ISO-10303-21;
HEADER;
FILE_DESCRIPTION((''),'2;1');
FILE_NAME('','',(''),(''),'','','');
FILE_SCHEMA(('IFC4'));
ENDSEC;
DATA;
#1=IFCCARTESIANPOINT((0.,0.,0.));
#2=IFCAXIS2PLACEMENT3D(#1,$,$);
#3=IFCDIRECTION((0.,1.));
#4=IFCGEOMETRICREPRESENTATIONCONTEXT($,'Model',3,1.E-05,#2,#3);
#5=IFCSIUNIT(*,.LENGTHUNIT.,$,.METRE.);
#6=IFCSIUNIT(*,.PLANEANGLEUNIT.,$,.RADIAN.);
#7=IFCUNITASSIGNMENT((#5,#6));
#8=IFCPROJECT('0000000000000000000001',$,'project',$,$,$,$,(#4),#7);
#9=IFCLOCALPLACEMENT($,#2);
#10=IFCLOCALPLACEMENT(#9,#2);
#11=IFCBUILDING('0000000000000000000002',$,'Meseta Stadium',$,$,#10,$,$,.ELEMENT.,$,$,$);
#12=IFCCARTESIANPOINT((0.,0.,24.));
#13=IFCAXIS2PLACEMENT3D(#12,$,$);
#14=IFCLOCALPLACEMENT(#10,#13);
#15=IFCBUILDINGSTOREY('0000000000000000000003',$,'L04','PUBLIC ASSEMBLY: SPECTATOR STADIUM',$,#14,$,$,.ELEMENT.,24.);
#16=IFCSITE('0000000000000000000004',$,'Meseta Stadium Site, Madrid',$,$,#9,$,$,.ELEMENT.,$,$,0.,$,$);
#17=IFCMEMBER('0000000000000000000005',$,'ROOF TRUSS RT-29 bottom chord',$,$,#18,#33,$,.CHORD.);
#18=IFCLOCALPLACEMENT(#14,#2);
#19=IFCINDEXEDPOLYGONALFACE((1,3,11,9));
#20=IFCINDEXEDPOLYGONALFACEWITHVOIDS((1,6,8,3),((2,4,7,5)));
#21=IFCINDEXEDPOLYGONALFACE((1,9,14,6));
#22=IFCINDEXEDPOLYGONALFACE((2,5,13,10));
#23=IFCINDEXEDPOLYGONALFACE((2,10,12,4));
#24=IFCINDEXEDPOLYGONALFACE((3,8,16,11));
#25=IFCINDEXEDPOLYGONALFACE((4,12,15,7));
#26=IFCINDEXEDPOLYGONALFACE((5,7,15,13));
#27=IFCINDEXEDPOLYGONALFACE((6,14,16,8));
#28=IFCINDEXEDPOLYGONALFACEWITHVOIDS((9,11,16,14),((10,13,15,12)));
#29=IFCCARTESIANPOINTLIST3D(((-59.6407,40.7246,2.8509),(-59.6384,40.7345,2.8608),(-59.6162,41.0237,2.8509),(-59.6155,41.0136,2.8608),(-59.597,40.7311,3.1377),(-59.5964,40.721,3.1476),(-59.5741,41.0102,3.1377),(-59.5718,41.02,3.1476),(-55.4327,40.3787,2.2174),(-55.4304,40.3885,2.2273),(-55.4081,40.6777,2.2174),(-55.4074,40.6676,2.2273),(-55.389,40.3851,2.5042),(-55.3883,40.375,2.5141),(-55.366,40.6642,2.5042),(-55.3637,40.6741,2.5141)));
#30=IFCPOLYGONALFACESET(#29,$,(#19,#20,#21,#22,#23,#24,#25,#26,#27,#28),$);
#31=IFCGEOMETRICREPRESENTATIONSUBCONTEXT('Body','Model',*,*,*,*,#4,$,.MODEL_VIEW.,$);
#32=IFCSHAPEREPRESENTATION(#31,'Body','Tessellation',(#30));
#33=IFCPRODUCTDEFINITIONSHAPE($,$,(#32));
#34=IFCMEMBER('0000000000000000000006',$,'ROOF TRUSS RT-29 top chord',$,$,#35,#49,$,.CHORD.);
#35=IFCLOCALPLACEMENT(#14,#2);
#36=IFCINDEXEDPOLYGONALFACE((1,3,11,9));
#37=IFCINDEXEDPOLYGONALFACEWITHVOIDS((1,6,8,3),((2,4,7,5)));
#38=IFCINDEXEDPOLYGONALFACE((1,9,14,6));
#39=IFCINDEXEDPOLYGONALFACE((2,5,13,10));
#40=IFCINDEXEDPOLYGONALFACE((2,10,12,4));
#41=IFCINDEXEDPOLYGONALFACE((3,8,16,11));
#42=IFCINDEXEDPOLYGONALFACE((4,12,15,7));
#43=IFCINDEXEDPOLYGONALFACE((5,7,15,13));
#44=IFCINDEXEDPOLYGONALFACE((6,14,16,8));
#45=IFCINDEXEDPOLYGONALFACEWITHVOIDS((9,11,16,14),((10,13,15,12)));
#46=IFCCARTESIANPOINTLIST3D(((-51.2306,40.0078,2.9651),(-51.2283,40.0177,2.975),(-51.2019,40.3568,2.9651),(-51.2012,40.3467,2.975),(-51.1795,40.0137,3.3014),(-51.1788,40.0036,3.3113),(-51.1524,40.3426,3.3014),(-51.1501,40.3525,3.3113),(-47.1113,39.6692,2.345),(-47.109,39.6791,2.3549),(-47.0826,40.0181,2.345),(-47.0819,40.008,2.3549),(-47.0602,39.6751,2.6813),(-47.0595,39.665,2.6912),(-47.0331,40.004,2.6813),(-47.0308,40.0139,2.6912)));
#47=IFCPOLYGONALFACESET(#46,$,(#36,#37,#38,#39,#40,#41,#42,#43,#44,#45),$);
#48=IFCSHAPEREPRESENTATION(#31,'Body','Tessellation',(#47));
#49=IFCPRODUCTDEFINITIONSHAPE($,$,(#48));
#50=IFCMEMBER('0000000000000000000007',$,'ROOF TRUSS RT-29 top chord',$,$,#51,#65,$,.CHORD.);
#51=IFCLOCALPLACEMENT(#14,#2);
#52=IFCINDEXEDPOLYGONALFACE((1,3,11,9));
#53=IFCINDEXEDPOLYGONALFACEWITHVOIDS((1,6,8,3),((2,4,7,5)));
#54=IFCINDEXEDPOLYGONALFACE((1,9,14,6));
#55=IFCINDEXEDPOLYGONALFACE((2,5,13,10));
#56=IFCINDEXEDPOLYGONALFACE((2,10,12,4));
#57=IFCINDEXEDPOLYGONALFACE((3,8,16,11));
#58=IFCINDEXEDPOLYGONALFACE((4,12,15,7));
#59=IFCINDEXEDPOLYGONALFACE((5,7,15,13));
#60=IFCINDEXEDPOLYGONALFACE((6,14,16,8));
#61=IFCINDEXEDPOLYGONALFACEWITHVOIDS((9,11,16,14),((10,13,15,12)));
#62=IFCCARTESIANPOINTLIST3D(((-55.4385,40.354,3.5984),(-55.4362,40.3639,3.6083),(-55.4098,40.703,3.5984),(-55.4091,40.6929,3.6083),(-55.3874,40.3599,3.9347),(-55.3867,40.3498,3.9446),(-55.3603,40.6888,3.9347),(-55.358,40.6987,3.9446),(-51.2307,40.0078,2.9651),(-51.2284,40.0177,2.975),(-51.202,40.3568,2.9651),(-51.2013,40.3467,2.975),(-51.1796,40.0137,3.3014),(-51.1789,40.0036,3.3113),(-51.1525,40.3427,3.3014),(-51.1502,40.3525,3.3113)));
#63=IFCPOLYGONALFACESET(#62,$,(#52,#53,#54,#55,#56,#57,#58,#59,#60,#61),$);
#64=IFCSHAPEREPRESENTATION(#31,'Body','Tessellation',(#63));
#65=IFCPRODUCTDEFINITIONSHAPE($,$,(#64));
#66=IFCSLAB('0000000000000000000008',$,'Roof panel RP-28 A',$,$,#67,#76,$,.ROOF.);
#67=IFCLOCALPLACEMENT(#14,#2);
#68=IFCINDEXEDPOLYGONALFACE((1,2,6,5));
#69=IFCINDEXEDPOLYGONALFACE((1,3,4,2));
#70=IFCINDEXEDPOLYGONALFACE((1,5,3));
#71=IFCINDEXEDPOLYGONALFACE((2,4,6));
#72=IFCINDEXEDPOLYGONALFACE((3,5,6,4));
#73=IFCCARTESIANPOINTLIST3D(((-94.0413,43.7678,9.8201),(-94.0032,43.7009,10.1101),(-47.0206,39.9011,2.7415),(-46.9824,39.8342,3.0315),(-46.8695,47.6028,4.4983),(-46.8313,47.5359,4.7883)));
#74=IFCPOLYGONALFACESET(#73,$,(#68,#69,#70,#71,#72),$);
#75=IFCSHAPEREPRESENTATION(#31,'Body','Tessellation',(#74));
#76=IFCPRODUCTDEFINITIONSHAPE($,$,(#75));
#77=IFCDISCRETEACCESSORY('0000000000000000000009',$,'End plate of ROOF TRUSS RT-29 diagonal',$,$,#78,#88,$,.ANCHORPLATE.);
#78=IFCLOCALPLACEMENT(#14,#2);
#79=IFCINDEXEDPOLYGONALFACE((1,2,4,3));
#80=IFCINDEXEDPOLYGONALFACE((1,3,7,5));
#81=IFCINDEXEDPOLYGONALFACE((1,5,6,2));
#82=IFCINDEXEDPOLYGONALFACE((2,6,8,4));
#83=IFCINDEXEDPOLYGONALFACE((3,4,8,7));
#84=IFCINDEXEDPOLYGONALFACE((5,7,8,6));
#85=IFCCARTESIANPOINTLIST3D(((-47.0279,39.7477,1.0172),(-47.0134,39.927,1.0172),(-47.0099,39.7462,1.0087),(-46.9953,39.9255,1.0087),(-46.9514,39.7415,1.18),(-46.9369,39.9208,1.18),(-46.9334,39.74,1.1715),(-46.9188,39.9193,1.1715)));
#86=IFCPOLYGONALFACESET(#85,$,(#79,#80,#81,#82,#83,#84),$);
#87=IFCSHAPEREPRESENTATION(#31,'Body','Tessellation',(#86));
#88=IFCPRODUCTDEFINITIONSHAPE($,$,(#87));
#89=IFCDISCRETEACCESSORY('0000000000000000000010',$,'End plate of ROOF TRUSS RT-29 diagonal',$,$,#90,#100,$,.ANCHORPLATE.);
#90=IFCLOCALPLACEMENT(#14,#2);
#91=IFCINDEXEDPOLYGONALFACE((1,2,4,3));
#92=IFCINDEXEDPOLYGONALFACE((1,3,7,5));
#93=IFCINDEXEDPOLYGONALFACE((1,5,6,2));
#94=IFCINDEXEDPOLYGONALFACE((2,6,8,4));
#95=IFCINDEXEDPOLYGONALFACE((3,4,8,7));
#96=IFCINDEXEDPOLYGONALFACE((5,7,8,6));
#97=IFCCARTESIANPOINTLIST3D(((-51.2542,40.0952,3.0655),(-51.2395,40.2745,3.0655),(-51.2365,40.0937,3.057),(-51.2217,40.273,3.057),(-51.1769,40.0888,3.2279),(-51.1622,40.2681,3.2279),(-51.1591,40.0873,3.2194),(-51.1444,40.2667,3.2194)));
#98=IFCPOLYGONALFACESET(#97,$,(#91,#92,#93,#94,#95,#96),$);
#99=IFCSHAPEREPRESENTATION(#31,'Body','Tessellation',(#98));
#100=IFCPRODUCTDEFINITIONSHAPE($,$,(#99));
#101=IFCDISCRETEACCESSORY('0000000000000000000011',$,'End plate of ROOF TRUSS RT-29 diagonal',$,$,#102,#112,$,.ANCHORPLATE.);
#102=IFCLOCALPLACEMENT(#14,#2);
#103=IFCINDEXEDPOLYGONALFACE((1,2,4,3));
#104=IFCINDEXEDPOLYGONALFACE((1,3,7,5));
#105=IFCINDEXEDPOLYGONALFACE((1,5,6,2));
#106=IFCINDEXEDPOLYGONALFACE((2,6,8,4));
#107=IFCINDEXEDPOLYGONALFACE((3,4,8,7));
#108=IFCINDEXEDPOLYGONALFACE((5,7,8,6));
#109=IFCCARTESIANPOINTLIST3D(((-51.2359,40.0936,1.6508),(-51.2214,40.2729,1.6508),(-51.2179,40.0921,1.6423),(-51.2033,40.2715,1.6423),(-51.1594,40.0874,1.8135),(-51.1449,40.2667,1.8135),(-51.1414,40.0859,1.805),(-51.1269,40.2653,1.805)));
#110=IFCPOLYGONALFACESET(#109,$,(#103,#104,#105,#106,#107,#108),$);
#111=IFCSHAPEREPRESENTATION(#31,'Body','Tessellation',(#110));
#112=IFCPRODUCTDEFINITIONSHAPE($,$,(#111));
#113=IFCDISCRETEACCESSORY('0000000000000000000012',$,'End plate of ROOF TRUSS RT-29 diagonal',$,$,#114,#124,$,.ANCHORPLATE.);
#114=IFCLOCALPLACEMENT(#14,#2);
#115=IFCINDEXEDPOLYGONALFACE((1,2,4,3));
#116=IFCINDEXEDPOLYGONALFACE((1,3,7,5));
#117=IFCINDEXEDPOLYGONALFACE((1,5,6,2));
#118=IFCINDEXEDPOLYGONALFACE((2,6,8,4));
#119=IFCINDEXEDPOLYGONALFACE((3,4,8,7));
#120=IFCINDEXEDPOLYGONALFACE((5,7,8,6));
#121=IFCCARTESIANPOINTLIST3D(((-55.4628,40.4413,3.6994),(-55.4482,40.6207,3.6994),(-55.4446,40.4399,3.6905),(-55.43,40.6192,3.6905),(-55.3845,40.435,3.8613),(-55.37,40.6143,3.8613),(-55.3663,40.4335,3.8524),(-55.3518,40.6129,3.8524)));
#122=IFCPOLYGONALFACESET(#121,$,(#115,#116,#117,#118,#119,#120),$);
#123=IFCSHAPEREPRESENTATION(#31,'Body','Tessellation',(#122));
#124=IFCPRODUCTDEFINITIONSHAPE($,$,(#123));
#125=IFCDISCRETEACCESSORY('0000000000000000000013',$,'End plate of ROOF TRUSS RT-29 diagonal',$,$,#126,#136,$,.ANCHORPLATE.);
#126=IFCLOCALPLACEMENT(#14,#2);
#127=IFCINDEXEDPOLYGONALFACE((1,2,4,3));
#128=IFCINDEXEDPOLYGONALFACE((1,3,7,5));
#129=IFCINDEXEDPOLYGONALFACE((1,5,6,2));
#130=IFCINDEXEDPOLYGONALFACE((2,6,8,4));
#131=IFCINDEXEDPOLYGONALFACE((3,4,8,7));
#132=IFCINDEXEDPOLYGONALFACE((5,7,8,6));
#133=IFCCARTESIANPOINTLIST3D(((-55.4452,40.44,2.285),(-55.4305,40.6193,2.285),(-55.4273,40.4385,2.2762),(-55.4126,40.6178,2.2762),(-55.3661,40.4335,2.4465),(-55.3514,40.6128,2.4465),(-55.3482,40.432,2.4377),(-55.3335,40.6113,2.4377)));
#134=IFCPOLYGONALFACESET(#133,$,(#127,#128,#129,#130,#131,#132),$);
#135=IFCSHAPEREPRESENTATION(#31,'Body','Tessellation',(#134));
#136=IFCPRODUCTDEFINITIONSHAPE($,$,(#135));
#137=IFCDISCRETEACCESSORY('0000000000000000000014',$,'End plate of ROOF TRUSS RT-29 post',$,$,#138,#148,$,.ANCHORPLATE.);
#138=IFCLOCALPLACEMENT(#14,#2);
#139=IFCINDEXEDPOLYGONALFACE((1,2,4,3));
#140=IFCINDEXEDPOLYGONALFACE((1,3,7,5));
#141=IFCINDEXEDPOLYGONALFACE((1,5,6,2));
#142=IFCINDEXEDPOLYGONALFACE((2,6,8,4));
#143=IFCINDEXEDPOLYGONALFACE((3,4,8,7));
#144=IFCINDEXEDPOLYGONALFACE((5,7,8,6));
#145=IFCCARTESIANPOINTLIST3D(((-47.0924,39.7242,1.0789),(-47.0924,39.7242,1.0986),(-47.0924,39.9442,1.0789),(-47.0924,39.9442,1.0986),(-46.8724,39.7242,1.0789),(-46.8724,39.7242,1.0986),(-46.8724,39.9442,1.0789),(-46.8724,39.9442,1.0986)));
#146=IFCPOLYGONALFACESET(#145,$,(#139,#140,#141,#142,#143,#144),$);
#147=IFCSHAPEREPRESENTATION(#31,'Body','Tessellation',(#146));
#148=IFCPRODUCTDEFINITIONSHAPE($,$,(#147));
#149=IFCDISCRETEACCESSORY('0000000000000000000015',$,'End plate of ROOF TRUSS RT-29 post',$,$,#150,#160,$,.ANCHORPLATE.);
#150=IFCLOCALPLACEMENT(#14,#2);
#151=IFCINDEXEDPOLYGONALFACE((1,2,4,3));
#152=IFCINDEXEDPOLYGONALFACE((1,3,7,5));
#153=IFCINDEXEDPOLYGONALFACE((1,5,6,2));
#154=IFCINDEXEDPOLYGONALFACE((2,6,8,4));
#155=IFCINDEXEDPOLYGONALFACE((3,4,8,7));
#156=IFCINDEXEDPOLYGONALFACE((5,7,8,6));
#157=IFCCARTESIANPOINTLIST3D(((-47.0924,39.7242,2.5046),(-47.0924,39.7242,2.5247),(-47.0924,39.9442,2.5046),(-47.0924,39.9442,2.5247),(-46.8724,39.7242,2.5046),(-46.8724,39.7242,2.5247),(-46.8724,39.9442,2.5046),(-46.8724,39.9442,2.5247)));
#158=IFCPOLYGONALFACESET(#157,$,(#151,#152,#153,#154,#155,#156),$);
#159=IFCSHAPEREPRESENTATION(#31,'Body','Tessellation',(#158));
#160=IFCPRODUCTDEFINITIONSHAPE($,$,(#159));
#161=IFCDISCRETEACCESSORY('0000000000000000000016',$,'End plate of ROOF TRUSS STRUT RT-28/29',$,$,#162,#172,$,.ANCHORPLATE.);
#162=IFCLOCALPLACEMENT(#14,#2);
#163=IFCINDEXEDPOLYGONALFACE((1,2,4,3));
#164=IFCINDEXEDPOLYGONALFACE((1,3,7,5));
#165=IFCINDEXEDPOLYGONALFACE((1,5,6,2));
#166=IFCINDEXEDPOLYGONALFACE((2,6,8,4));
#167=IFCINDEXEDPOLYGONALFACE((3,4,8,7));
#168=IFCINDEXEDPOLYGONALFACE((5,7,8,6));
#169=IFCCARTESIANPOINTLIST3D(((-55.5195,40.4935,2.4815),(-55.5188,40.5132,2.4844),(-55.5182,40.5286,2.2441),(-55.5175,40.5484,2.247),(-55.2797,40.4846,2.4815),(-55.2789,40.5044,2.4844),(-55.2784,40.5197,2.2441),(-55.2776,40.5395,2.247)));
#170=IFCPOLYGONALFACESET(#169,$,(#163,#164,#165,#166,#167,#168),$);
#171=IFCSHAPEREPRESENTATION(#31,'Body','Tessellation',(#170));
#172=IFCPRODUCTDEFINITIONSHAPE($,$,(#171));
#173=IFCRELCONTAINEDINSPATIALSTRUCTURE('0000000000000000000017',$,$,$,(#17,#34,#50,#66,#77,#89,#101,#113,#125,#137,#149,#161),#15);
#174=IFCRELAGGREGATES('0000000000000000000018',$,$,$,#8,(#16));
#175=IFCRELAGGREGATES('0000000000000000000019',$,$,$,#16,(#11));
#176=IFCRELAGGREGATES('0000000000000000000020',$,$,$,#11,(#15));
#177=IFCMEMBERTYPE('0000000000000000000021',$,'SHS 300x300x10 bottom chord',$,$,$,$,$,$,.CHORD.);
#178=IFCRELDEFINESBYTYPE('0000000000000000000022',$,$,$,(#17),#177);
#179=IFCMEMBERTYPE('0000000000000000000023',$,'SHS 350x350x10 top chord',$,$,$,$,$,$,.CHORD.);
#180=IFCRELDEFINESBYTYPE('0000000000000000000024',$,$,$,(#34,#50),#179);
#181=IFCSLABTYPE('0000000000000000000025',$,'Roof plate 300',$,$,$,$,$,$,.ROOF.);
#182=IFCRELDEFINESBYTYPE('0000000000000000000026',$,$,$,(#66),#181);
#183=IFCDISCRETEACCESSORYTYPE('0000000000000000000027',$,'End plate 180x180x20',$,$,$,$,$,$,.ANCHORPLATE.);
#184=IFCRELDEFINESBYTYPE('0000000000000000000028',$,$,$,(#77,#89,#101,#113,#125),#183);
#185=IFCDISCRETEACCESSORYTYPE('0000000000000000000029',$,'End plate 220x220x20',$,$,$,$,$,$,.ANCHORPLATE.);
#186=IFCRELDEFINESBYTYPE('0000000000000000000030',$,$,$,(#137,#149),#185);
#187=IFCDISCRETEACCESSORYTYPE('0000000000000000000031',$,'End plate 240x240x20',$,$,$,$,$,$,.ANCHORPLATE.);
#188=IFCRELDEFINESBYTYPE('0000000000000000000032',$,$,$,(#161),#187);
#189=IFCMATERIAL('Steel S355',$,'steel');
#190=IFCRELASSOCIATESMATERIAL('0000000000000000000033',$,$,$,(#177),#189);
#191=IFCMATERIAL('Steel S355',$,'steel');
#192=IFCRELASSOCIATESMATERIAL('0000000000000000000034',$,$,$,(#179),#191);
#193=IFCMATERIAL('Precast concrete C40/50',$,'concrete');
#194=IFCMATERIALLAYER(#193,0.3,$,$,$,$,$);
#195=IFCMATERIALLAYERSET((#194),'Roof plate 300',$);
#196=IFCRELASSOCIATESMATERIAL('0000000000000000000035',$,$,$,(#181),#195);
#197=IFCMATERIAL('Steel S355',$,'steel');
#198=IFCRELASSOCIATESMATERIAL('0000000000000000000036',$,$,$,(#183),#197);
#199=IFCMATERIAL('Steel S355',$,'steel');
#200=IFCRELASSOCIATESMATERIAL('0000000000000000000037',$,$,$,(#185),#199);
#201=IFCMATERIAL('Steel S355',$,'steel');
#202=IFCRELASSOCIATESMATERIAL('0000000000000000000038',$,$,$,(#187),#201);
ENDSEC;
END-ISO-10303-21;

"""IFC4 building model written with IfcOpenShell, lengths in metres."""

from ifc_helpers import new_model, si_unit, direction, frame, origin, origin_2d, place, context, subcontext, project, spatial, polyline, rectangle, hollow_rectangle, outline, extrude, material, layer, layer_set, material_profile, profile_set, type_object, element, save


model = new_model("IFC4")

# Units and contexts
model_context = context("Model", 3, precision=1e-05, world=origin(), true_north=direction((0.0, 1.0)))
body_context = subcontext(model_context, "Body", "Model", "MODEL_VIEW")
ifc_project = project(units=[si_unit("LENGTHUNIT", "METRE"), si_unit("PLANEANGLEUNIT", "RADIAN")], contexts=[model_context])

# Site, building, storey
site_placement = place(None, origin())
site = spatial("IfcSite", under=ifc_project, at=site_placement, Name="Meseta Stadium Site, Madrid", CompositionType="ELEMENT", RefElevation=0.0)
building_placement = place(site_placement, origin())
building = spatial("IfcBuilding", under=site, at=building_placement, Name="Meseta Stadium", CompositionType="ELEMENT")
storey_placement = place(building_placement, frame((0.0, 0.0, 24.0)))
storey = spatial("IfcBuildingStorey", under=building, at=storey_placement, Name="L04", Description="PUBLIC ASSEMBLY: SPECTATOR STADIUM", CompositionType="ELEMENT", Elevation=24.0)

# Members
ifc_material_1 = material(Name="Steel S355", Category="steel")
ifc_material_profile_1 = material_profile(ifc_material_1, hollow_rectangle(XDim=0.3, YDim=0.3, WallThickness=0.01, at=origin_2d()), Name="SHS 300x300x10")
ifc_profile_set_1 = profile_set([ifc_material_profile_1], Name="Steel S355")
member_type_1 = type_object("IfcMemberType", Name="SHS 300x300x10 bottom chord", PredefinedType="CHORD", material=ifc_profile_set_1)
member_1_placement = place(storey_placement, frame((-55.3982, 40.5264, 2.3657), z_axis=(-0.985604, 0.081028, 0.14839), x_axis=(-0.081935, -0.996638, 0.0)))
element("IfcMember", 1, at=member_1_placement, inside=storey, type_object=member_type_1, Name="ROOF TRUSS RT-29 bottom chord", PredefinedType="CHORD", context=body_context, shape_type="SweptSolid", body=[
    extrude(hollow_rectangle(XDim=0.3, YDim=0.3, WallThickness=0.01, at=origin_2d()), origin(), (0.0, 0.0, 1.0), 4.2695),
])
ifc_material_2 = material(Name="Steel S355", Category="steel")
ifc_material_profile_2 = material_profile(ifc_material_2, hollow_rectangle(XDim=0.3501, YDim=0.3501, WallThickness=0.01, at=origin_2d()), Name="SHS 350x350x10")
ifc_profile_set_2 = profile_set([ifc_material_profile_2], Name="Steel S355")
member_type_2 = type_object("IfcMemberType", Name="SHS 350x350x10 top chord", PredefinedType="CHORD", material=ifc_profile_set_2)
member_2_placement = place(storey_placement, frame((-47.071, 39.8416, 2.5181), z_axis=(-0.985608, 0.081019, 0.14837), x_axis=(-0.081926, -0.996638, 0.0)))
element("IfcMember", 2, at=member_2_placement, inside=storey, type_object=member_type_2, Name="ROOF TRUSS RT-29 top chord", PredefinedType="CHORD", context=body_context, shape_type="SweptSolid", body=[
    extrude(hollow_rectangle(XDim=0.3501, YDim=0.3501, WallThickness=0.01, at=origin_2d()), origin(), (0.0, 0.0, 1.0), 4.1794),
])
member_3_placement = place(storey_placement, frame((-51.1904, 40.1802, 3.1382), z_axis=(-0.985606, 0.08109, 0.148341), x_axis=(-0.081997, -0.996633, 0.0)))
element("IfcMember", 3, at=member_3_placement, inside=storey, type_object=member_type_2, Name="ROOF TRUSS RT-29 top chord", PredefinedType="CHORD", context=body_context, shape_type="SweptSolid", body=[
    extrude(hollow_rectangle(XDim=0.3501, YDim=0.3501, WallThickness=0.01, at=origin_2d()), origin(), (0.0, 0.0, 1.0), 4.2693),
])

# Slab
ifc_material_3 = material(Name="Precast concrete C40/50", Category="concrete")
ifc_layer = layer(ifc_material_3, 0.3)
ifc_layer_set = layer_set([ifc_layer], Name="Roof plate 300")
slab_type = type_object("IfcSlabType", Name="Roof plate 300", PredefinedType="ROOF", material=ifc_layer_set)
slab_placement = place(storey_placement, frame((-46.9824, 39.8342, 3.0315), z_axis=(0.127163, -0.222964, 0.966497), x_axis=(-0.985604, 0.08105, 0.148375)))
element("IfcSlab", 4, at=slab_placement, inside=storey, type_object=slab_type, Name="Roof panel RP-28 A", PredefinedType="ROOF", context=body_context, shape_type="SweptSolid", body=[
    extrude(outline(polyline([(0.0, 0.0), (47.7075, 0.0), (0.7359, -7.8666), (0.0, 0.0)])), origin(), (0.0, 0.0, -1.0), 0.3),
])

# Discrete accessories
ifc_material_4 = material(Name="Steel S355", Category="steel")
ifc_material_profile_3 = material_profile(ifc_material_4, rectangle(XDim=0.1799, YDim=0.1799, at=origin_2d()), Name="PL 180x180")
ifc_profile_set_3 = profile_set([ifc_material_profile_3], Name="Steel S355")
discrete_accessory_type_1 = type_object("IfcDiscreteAccessoryType", Name="End plate 180x180x20", PredefinedType="ANCHORPLATE", material=ifc_profile_set_3)
discrete_accessory_1_placement = place(storey_placement, frame((-46.9644, 39.8328, 1.0901), z_axis=(-0.901568, 0.0731, 0.426417), x_axis=(-0.080816, -0.996729, 0.0)))
element("IfcDiscreteAccessory", 5, at=discrete_accessory_1_placement, inside=storey, type_object=discrete_accessory_type_1, Name="End plate of ROOF TRUSS RT-29 diagonal", PredefinedType="ANCHORPLATE", context=body_context, shape_type="SweptSolid", body=[
    extrude(rectangle(XDim=0.1799, YDim=0.1799, at=origin_2d()), origin(), (0.0, 0.0, 1.0), 0.02),
])
discrete_accessory_2_placement = place(storey_placement, frame((-51.1904, 40.1802, 3.1382), z_axis=(-0.899249, 0.073911, 0.431147), x_axis=(-0.081916, -0.996639, 0.0)))
element("IfcDiscreteAccessory", 6, at=discrete_accessory_2_placement, inside=storey, type_object=discrete_accessory_type_1, Name="End plate of ROOF TRUSS RT-29 diagonal", PredefinedType="ANCHORPLATE", context=body_context, shape_type="SweptSolid", body=[
    extrude(rectangle(XDim=0.1799, YDim=0.1799, at=origin_2d()), origin(), (0.0, 0.0, 1.0), 0.0198),
])
discrete_accessory_3_placement = place(storey_placement, frame((-51.1724, 40.1787, 1.7236), z_axis=(-0.901568, 0.0731, 0.426417), x_axis=(-0.080816, -0.996729, 0.0)))
element("IfcDiscreteAccessory", 7, at=discrete_accessory_3_placement, inside=storey, type_object=discrete_accessory_type_1, Name="End plate of ROOF TRUSS RT-29 diagonal", PredefinedType="ANCHORPLATE", context=body_context, shape_type="SweptSolid", body=[
    extrude(rectangle(XDim=0.1799, YDim=0.1799, at=origin_2d()), origin(), (0.0, 0.0, 1.0), 0.02),
])
discrete_accessory_4_placement = place(storey_placement, frame((-55.3982, 40.5264, 3.7715), z_axis=(-0.896854, 0.072718, 0.436308), x_axis=(-0.080816, -0.996729, 0.0)))
element("IfcDiscreteAccessory", 8, at=discrete_accessory_4_placement, inside=storey, type_object=discrete_accessory_type_1, Name="End plate of ROOF TRUSS RT-29 diagonal", PredefinedType="ANCHORPLATE", context=body_context, shape_type="SweptSolid", body=[
    extrude(rectangle(XDim=0.1799, YDim=0.1799, at=origin_2d()), origin(), (0.0, 0.0, 1.0), 0.0203),
])
discrete_accessory_5_placement = place(storey_placement, frame((-55.3804, 40.5249, 2.3569), z_axis=(-0.894444, 0.073516, 0.441096), x_axis=(-0.081916, -0.996639, 0.0)))
element("IfcDiscreteAccessory", 9, at=discrete_accessory_5_placement, inside=storey, type_object=discrete_accessory_type_1, Name="End plate of ROOF TRUSS RT-29 diagonal", PredefinedType="ANCHORPLATE", context=body_context, shape_type="SweptSolid", body=[
    extrude(rectangle(XDim=0.1799, YDim=0.1799, at=origin_2d()), origin(), (0.0, 0.0, 1.0), 0.02),
])
ifc_material_5 = material(Name="Steel S355", Category="steel")
ifc_material_profile_4 = material_profile(ifc_material_5, rectangle(XDim=0.22, YDim=0.22, at=origin_2d()), Name="PL 220x220")
ifc_profile_set_4 = profile_set([ifc_material_profile_4], Name="Steel S355")
discrete_accessory_type_2 = type_object("IfcDiscreteAccessoryType", Name="End plate 220x220x20", PredefinedType="ANCHORPLATE", material=ifc_profile_set_4)
discrete_accessory_6_placement = place(storey_placement, frame((-46.9824, 39.8342, 1.0789), z_axis=(0.0, 0.0, 1.0), x_axis=(1.0, 0.0, 0.0)))
element("IfcDiscreteAccessory", 10, at=discrete_accessory_6_placement, inside=storey, type_object=discrete_accessory_type_2, Name="End plate of ROOF TRUSS RT-29 post", PredefinedType="ANCHORPLATE", context=body_context, shape_type="SweptSolid", body=[
    extrude(rectangle(XDim=0.22, YDim=0.22, at=origin_2d()), origin(), (0.0, 0.0, 1.0), 0.0198),
])
discrete_accessory_7_placement = place(storey_placement, frame((-46.9824, 39.8342, 2.5046), z_axis=(0.0, 0.0, 1.0), x_axis=(1.0, 0.0, 0.0)))
element("IfcDiscreteAccessory", 11, at=discrete_accessory_7_placement, inside=storey, type_object=discrete_accessory_type_2, Name="End plate of ROOF TRUSS RT-29 post", PredefinedType="ANCHORPLATE", context=body_context, shape_type="SweptSolid", body=[
    extrude(rectangle(XDim=0.22, YDim=0.22, at=origin_2d()), origin(), (0.0, 0.0, 1.0), 0.02),
])
ifc_material_6 = material(Name="Steel S355", Category="steel")
ifc_material_profile_5 = material_profile(ifc_material_6, rectangle(XDim=0.24, YDim=0.24, at=origin_2d()), Name="PL 240x240")
ifc_profile_set_5 = profile_set([ifc_material_profile_5], Name="Steel S355")
discrete_accessory_type_3 = type_object("IfcDiscreteAccessoryType", Name="End plate 240x240x20", PredefinedType="ANCHORPLATE", material=ifc_profile_set_5)
discrete_accessory_8_placement = place(storey_placement, frame((-55.3982, 40.5264, 2.3657), z_axis=(-0.036613, -0.98854, -0.14645), x_axis=(0.999315, -0.037012, 0.0)))
element("IfcDiscreteAccessory", 12, at=discrete_accessory_8_placement, inside=storey, type_object=discrete_accessory_type_3, Name="End plate of ROOF TRUSS STRUT RT-28/29", PredefinedType="ANCHORPLATE", context=body_context, shape_type="SweptSolid", body=[
    extrude(rectangle(XDim=0.24, YDim=0.24, at=origin_2d()), origin(), (0.0, 0.0, 1.0), 0.02),
])

save(model, "model.ifc")
